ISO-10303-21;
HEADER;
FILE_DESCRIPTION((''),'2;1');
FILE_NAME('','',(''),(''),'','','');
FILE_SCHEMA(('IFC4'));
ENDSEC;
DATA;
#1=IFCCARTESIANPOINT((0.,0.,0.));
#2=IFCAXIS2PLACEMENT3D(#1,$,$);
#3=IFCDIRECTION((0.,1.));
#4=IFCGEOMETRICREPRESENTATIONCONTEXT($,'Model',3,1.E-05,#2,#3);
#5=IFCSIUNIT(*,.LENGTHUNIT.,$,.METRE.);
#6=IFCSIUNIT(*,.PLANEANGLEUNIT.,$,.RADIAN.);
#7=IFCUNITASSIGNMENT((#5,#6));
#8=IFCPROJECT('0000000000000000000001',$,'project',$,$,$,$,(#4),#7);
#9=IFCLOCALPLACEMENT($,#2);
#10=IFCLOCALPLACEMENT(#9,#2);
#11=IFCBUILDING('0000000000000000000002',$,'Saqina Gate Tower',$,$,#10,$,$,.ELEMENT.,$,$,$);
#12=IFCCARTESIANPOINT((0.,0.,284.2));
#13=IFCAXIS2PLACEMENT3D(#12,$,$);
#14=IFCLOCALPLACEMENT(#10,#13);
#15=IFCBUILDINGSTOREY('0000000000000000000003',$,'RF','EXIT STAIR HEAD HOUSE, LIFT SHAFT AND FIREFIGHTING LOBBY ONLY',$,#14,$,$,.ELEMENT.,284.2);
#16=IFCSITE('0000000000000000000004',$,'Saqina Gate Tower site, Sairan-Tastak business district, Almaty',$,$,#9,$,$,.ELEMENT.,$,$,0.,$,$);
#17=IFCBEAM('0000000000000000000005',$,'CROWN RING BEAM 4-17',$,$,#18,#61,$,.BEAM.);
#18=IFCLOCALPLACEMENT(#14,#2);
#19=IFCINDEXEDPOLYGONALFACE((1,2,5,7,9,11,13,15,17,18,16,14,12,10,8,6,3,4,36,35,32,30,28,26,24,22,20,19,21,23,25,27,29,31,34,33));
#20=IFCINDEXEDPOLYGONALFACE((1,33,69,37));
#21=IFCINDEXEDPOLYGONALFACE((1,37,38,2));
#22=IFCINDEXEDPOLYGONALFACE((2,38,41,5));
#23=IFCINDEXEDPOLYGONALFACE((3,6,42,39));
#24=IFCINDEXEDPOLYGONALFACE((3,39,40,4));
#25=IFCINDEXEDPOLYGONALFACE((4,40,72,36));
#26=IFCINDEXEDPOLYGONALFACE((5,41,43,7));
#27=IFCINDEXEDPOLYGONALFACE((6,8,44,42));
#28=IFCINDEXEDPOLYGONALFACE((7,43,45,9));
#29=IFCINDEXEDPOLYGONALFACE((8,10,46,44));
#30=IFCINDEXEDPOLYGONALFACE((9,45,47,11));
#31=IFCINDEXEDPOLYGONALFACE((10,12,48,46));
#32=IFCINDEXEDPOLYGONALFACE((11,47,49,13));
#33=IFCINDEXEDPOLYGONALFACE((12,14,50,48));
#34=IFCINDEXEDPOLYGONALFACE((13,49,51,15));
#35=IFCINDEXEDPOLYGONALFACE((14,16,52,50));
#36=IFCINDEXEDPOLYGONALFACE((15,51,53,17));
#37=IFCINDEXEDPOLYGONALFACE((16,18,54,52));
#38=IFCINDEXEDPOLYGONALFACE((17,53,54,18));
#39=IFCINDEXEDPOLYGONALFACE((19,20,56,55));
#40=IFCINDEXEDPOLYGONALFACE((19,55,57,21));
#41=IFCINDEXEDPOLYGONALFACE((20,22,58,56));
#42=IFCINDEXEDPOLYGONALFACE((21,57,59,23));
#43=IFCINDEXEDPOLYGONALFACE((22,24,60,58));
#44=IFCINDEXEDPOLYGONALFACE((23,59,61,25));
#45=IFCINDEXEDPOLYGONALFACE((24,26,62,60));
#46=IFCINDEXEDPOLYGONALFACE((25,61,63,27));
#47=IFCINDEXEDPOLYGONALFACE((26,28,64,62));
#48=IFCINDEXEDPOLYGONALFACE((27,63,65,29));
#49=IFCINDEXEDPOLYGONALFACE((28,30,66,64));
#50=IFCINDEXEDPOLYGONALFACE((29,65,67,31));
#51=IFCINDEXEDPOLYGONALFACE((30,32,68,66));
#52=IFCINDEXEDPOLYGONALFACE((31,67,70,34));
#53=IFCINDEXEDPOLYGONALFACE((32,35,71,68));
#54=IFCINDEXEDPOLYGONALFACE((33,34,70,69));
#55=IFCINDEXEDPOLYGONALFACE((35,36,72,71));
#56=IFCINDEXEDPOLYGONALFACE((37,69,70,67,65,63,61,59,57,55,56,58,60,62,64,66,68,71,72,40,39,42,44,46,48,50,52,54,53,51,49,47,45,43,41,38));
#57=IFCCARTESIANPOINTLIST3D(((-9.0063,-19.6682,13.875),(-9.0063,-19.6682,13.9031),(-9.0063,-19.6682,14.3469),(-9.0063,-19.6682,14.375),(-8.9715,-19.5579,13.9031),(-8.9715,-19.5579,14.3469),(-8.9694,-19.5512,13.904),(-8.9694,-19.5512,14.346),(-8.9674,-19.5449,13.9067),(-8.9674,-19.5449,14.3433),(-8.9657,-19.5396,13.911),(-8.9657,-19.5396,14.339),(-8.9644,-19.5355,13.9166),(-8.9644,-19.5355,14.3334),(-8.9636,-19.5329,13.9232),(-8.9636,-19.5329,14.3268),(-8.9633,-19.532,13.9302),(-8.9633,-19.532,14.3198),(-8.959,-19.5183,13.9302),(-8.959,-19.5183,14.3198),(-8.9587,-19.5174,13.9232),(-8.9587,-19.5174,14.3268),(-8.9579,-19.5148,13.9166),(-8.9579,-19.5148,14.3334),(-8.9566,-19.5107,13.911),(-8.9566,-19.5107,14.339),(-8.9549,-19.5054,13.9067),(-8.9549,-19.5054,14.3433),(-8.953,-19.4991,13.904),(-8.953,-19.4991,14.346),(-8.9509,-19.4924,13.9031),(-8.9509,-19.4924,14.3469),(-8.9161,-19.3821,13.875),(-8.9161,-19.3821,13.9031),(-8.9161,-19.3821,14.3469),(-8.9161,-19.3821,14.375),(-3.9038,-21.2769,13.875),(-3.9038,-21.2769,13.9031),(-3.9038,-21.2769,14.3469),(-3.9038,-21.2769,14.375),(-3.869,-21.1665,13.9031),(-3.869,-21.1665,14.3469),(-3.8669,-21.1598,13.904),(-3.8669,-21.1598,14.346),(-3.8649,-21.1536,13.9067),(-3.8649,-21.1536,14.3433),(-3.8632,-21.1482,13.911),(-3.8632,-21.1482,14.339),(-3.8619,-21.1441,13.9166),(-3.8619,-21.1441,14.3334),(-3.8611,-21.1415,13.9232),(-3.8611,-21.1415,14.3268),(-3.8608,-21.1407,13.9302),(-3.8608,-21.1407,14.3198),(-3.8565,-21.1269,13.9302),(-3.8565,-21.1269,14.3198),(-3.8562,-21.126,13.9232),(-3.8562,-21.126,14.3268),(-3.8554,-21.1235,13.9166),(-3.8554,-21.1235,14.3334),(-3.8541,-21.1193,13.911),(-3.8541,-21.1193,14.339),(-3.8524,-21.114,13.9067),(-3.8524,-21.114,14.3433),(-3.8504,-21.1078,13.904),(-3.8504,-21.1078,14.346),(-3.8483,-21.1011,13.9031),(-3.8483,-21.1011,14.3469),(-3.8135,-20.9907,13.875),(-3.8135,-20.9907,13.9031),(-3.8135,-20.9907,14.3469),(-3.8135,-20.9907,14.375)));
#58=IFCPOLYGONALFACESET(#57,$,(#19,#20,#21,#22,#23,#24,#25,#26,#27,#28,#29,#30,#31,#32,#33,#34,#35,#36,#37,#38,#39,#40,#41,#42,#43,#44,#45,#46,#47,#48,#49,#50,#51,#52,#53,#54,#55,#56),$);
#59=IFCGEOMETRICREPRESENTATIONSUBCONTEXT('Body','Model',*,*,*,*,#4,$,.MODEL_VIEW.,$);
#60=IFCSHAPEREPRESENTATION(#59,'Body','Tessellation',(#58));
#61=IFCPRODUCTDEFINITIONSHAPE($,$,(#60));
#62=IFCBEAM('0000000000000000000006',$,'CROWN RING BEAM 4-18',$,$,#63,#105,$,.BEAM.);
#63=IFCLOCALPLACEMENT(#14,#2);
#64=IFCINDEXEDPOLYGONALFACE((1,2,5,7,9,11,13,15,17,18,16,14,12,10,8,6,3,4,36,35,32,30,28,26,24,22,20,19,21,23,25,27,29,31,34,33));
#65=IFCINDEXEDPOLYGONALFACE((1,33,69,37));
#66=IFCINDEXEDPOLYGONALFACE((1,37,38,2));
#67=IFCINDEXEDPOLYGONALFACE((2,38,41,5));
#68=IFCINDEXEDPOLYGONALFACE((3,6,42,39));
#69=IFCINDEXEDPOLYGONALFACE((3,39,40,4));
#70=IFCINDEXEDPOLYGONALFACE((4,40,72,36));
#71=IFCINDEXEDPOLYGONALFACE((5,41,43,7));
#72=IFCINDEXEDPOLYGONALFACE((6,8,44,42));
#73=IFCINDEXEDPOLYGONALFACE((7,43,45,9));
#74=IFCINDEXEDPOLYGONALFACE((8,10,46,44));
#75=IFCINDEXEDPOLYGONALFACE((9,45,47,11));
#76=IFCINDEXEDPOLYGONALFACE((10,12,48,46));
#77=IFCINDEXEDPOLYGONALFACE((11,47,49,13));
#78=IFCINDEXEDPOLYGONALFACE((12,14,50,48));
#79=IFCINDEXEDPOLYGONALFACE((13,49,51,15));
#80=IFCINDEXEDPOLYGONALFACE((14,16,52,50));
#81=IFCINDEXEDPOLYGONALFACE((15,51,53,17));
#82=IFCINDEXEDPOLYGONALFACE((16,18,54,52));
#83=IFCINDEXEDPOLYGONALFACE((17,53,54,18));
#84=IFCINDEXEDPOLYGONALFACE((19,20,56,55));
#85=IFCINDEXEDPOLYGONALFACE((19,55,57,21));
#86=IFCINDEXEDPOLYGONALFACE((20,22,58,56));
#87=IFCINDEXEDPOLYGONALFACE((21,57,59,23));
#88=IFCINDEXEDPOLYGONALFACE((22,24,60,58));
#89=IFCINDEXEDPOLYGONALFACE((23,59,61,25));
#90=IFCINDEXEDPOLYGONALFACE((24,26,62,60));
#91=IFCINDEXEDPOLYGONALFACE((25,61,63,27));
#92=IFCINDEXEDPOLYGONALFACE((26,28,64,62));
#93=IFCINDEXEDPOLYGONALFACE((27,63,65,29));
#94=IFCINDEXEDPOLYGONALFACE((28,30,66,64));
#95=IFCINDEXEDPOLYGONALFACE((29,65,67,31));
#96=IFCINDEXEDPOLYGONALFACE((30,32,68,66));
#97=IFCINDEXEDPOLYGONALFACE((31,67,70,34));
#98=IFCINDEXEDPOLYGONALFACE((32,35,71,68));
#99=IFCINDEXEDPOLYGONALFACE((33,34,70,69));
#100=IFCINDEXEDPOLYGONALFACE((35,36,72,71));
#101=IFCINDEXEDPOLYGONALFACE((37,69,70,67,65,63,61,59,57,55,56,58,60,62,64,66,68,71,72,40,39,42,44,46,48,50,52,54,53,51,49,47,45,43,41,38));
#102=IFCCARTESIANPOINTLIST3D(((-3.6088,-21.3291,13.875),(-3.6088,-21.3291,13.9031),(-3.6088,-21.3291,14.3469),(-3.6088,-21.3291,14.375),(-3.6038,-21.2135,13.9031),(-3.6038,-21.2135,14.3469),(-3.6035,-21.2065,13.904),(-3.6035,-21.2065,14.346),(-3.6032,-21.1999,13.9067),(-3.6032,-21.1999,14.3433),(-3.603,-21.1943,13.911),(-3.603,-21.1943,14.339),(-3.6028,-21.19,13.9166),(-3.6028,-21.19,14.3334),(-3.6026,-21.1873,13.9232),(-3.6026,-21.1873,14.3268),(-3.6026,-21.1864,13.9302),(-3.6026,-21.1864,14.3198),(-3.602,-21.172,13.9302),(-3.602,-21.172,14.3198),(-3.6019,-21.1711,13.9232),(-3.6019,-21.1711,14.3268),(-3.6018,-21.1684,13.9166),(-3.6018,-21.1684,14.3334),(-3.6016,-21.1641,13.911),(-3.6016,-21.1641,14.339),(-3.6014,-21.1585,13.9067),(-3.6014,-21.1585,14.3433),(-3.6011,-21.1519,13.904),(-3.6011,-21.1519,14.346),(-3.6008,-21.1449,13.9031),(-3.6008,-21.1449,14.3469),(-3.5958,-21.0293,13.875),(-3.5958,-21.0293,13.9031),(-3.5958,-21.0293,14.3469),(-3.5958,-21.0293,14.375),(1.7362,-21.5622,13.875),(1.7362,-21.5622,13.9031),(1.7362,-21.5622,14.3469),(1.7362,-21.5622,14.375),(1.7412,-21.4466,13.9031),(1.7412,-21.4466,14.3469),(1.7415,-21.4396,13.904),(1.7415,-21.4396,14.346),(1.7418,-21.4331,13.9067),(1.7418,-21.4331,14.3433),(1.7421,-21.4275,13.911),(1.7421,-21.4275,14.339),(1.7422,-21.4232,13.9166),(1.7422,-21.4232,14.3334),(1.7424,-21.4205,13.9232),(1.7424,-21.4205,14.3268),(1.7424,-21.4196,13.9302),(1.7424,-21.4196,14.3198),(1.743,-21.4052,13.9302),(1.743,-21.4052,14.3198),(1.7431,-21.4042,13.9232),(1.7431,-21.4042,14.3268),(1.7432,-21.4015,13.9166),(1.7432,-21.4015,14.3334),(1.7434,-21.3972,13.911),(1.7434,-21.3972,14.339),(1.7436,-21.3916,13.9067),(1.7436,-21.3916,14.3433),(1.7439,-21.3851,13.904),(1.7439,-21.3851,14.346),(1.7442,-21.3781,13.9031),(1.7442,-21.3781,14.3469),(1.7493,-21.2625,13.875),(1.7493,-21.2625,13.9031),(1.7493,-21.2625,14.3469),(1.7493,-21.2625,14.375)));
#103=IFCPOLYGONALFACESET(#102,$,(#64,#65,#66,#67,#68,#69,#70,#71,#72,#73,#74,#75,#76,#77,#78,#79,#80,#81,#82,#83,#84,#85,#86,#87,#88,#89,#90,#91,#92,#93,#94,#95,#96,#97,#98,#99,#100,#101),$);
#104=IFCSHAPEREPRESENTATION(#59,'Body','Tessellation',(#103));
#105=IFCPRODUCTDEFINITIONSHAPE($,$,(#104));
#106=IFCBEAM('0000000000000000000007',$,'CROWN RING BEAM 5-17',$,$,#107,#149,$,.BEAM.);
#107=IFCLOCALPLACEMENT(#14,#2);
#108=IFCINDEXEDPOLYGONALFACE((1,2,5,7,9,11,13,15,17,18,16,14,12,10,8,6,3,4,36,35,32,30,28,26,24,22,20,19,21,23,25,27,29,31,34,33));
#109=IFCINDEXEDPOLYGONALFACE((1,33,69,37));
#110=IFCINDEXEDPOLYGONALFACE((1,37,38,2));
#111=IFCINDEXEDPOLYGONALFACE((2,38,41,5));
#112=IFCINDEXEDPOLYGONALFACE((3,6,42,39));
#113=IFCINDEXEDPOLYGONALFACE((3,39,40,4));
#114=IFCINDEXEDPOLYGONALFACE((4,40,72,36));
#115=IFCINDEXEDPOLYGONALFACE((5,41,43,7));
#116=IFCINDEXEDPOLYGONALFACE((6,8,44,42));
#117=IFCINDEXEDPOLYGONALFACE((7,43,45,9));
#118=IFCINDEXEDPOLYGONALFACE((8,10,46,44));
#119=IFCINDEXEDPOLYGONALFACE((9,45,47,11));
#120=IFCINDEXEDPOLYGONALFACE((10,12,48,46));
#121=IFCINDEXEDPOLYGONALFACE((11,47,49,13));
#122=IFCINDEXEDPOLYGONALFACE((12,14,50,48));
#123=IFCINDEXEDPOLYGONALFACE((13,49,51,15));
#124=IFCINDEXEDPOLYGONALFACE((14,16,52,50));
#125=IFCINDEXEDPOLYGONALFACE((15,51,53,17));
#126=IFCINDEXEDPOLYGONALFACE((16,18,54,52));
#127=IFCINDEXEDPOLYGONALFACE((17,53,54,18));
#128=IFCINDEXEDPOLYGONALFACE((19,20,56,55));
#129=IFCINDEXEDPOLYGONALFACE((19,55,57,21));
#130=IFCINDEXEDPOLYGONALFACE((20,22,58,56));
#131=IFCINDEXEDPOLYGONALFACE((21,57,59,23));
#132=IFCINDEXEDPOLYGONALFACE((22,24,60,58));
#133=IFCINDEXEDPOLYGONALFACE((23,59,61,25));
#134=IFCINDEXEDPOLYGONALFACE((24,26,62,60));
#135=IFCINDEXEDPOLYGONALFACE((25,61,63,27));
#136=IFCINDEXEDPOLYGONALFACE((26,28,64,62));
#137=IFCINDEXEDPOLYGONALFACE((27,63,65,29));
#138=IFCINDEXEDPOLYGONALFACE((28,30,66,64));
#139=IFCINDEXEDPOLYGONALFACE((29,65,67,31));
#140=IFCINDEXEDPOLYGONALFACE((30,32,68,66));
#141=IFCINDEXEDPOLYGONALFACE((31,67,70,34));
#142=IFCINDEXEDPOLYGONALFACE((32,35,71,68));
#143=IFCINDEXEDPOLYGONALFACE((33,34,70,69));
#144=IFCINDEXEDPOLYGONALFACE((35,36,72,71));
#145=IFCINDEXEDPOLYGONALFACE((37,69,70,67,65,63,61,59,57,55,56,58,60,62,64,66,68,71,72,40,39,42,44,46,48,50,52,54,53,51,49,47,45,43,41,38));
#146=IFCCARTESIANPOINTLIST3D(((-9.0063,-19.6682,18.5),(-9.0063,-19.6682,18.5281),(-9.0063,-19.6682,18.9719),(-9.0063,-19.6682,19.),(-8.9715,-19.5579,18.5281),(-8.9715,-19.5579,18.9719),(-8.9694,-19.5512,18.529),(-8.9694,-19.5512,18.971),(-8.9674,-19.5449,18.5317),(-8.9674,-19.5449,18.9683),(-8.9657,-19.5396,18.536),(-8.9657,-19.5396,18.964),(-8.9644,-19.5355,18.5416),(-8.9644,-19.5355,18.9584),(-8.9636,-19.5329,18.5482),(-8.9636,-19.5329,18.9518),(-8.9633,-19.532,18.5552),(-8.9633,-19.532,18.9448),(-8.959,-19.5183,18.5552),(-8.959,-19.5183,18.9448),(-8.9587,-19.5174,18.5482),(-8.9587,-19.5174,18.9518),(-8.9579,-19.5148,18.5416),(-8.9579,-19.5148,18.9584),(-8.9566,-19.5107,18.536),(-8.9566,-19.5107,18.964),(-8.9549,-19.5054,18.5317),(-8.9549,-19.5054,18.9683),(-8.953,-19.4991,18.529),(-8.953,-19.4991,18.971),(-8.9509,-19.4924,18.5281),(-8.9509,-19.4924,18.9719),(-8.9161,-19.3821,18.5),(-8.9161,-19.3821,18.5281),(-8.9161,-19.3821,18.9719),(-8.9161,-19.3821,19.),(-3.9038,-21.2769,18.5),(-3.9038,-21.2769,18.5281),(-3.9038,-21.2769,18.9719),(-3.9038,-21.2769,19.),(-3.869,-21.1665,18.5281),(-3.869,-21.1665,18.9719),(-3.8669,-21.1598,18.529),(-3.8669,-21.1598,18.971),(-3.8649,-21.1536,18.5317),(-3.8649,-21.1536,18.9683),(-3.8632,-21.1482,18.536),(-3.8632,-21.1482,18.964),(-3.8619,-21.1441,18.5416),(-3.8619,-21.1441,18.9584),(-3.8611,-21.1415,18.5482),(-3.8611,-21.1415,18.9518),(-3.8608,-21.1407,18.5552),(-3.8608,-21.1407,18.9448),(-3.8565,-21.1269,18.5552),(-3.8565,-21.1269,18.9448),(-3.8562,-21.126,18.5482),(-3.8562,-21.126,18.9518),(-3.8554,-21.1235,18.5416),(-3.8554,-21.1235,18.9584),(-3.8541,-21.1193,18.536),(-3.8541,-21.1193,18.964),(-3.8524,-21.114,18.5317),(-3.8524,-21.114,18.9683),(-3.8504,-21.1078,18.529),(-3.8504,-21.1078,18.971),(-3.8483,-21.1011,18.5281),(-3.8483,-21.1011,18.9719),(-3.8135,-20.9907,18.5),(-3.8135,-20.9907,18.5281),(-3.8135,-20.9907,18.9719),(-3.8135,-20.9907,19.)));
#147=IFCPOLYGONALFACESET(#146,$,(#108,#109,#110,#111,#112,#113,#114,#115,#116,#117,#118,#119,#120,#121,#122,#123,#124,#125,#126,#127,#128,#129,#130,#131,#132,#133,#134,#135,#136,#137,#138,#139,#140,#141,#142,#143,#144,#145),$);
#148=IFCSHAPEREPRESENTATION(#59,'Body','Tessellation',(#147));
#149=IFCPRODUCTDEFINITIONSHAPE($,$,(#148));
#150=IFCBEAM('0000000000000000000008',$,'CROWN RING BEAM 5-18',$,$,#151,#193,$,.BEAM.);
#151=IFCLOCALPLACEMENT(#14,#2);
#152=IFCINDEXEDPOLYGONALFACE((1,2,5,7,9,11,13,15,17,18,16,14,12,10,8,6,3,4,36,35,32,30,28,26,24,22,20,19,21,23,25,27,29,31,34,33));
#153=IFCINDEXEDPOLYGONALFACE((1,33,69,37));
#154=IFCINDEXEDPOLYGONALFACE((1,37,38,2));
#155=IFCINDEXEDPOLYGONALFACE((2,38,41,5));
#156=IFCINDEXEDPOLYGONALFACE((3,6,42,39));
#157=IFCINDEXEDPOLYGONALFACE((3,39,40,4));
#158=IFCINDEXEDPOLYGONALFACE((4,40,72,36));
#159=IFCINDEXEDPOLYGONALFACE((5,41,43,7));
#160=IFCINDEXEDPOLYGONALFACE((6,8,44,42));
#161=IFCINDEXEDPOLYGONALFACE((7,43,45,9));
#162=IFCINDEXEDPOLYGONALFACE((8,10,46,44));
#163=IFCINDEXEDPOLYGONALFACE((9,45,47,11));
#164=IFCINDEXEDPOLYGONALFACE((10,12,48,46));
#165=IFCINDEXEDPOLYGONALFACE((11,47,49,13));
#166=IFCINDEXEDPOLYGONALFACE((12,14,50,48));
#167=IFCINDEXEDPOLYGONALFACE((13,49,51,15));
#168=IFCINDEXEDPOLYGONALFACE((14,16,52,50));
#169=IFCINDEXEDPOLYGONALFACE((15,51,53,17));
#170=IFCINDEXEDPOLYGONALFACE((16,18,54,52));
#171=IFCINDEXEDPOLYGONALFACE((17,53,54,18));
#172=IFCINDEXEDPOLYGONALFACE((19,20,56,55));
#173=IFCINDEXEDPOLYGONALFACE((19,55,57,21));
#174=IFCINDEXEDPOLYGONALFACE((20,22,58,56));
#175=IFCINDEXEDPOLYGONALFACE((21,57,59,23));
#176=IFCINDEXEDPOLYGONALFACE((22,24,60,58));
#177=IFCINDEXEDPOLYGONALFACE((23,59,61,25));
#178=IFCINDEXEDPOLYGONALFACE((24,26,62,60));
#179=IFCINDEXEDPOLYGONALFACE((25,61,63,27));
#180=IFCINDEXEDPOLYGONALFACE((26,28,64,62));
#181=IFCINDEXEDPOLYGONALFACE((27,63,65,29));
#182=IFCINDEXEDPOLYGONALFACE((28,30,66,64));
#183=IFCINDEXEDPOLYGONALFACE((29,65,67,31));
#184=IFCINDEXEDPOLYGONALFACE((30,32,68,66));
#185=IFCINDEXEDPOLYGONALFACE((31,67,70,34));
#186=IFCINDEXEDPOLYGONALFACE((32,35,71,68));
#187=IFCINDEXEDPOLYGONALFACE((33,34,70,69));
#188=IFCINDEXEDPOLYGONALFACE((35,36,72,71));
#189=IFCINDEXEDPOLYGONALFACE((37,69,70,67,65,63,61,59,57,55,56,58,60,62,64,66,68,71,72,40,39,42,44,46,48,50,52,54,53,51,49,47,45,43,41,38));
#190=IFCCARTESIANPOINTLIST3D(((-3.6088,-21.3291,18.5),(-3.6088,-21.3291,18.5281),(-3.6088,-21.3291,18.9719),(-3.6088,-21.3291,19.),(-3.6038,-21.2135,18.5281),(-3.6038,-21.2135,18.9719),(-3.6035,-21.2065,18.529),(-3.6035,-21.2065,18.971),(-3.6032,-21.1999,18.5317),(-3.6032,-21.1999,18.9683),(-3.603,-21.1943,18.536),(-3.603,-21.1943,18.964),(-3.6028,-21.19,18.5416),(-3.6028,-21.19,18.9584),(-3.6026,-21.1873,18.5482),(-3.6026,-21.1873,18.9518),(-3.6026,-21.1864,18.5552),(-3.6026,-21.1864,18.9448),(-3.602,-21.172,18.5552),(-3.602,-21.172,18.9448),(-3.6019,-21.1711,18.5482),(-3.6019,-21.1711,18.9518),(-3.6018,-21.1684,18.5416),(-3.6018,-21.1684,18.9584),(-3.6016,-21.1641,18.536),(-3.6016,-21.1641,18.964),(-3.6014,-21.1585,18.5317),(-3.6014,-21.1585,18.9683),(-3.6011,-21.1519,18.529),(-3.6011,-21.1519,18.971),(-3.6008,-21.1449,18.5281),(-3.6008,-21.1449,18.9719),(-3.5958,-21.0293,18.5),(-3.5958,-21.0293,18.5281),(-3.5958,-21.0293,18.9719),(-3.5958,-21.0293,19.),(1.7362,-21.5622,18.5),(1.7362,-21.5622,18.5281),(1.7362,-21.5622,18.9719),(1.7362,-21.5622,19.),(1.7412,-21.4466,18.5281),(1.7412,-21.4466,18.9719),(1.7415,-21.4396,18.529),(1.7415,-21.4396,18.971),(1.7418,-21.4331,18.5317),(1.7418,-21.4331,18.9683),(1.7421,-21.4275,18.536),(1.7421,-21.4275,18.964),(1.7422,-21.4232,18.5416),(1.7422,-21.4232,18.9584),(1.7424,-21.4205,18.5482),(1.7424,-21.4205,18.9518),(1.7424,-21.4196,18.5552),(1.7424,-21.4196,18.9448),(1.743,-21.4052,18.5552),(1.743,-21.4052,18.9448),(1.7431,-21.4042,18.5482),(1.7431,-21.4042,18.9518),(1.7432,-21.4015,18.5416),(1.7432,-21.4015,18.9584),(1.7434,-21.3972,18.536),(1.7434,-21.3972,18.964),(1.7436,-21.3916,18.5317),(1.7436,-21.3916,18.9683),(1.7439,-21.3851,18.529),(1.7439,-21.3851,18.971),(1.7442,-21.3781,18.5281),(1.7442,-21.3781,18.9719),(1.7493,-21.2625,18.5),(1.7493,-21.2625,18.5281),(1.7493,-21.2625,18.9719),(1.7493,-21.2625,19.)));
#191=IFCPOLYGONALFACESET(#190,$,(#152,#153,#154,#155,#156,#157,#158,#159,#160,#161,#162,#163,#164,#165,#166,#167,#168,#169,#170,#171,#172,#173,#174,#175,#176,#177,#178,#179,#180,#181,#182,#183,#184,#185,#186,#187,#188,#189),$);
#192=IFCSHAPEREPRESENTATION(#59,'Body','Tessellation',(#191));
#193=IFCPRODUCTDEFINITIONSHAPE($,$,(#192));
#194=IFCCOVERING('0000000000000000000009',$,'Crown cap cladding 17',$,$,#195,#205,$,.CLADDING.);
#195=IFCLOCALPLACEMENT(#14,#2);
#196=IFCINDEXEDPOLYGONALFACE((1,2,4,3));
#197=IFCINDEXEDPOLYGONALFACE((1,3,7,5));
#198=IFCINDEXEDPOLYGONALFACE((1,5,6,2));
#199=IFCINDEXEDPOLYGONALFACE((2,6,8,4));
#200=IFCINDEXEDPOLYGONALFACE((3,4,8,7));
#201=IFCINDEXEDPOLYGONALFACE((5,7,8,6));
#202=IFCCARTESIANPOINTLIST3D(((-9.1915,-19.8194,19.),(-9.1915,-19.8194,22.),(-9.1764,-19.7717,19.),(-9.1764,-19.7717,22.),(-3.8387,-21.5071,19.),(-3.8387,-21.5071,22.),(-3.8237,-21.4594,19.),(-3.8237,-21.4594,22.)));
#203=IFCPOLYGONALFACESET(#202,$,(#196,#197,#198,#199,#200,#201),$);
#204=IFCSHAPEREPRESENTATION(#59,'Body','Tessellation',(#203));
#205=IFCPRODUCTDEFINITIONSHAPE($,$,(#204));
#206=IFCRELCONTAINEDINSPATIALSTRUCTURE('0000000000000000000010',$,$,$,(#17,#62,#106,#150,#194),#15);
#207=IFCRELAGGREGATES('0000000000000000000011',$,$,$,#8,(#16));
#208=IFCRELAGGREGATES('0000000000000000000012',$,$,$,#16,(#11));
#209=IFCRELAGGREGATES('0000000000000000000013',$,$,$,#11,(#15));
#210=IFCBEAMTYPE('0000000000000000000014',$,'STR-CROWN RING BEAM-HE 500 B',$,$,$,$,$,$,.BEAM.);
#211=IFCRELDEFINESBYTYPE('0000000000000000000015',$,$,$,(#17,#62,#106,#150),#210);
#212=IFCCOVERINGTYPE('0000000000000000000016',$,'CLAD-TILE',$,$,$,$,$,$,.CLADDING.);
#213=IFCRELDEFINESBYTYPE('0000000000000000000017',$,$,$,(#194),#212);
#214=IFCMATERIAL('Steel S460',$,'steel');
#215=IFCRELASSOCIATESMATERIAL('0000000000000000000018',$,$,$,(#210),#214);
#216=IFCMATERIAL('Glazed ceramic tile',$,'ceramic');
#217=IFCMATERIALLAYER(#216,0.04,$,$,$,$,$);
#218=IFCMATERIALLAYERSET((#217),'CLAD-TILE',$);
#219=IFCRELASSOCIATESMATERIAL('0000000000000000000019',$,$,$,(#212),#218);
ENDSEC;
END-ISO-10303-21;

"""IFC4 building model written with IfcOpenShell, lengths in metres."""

from ifc_helpers import new_model, si_unit, direction, frame, origin, origin_2d, place, context, subcontext, project, spatial, rectangle, i_section, extrude, material, layer, layer_set, material_profile, profile_set, type_object, element, save


model = new_model("IFC4")

# Units and contexts
model_context = context("Model", 3, precision=1e-05, world=origin(), true_north=direction((0.0, 1.0)))
body_context = subcontext(model_context, "Body", "Model", "MODEL_VIEW")
ifc_project = project(units=[si_unit("LENGTHUNIT", "METRE"), si_unit("PLANEANGLEUNIT", "RADIAN")], contexts=[model_context])

# Site, building, storey
site_placement = place(None, origin())
site = spatial("IfcSite", under=ifc_project, at=site_placement, Name="Saqina Gate Tower site, Sairan-Tastak business district, Almaty", CompositionType="ELEMENT", RefElevation=0.0)
building_placement = place(site_placement, origin())
building = spatial("IfcBuilding", under=site, at=building_placement, Name="Saqina Gate Tower", CompositionType="ELEMENT")
storey_placement = place(building_placement, frame((0.0, 0.0, 284.2)))
storey = spatial("IfcBuildingStorey", under=building, at=storey_placement, Name="RF", Description="EXIT STAIR HEAD HOUSE, LIFT SHAFT AND FIREFIGHTING LOBBY ONLY", CompositionType="ELEMENT", Elevation=284.2)

# Beams
ifc_material_1 = material(Name="Steel S460", Category="steel")
ifc_material_profile_1 = material_profile(ifc_material_1, i_section(OverallWidth=0.3, OverallDepth=0.5, WebThickness=0.0144, FlangeThickness=0.0281, FilletRadius=0.0271, at=origin_2d()), Name="HE 500 B")
ifc_profile_set_1 = profile_set([ifc_material_profile_1], Name="Steel S460")
beam_type_1 = type_object("IfcBeamType", Name="STR-CROWN RING BEAM-HE 500 B", PredefinedType="BEAM", material=ifc_profile_set_1)
for number, where, z_axis, x_axis, name in (
    (1, (-8.9612, -19.5251, 14.125), (0.953727, -0.300675, 0.0), (0.300675, 0.953727, 0.0), "CROWN RING BEAM 4-17"),
    (2, (-3.6023, -21.1792, 14.125), (0.99905, -0.04358, 0.0), (0.04358, 0.99905, 0.0), "CROWN RING BEAM 4-18"),
    (3, (-8.9612, -19.5251, 18.75), (0.953727, -0.300675, 0.0), (0.300675, 0.953727, 0.0), "CROWN RING BEAM 5-17"),
    (4, (-3.6023, -21.1792, 18.75), (0.99905, -0.04358, 0.0), (0.04358, 0.99905, 0.0), "CROWN RING BEAM 5-18"),
):
    element("IfcBeam", number, at=place(storey_placement, frame(where, z_axis=z_axis, x_axis=x_axis)), inside=storey, type_object=beam_type_1, Name=name, PredefinedType="BEAM", context=body_context, shape_type="SweptSolid", body=[
        extrude(i_section(OverallWidth=0.3, OverallDepth=0.5, WebThickness=0.0144, FlangeThickness=0.0281, FilletRadius=0.0271, at=origin_2d()), origin(), (0.0, 0.0, 1.0), 5.3501),
    ])

# Covering
ifc_material_2 = material(Name="Glazed ceramic tile", Category="ceramic")
ifc_layer_1 = layer(ifc_material_2, 0.04)
ifc_layer_set_1 = layer_set([ifc_layer_1], Name="CLAD-TILE")
covering_type = type_object("IfcCoveringType", Name="CLAD-TILE", PredefinedType="CLADDING", material=ifc_layer_set_1)
for number, where, z_axis, x_axis, name in (
    (5, (-6.5076, -20.6394, 19.0), (0.0, 0.0, 1.0), (0.953717, -0.300706, 0.0), "Crown cap cladding 17"),
):
    element("IfcCovering", number, at=place(storey_placement, frame(where, z_axis=z_axis, x_axis=x_axis)), inside=storey, type_object=covering_type, Name=name, PredefinedType="CLADDING", context=body_context, shape_type="SweptSolid", body=[
        extrude(rectangle(XDim=5.6125, YDim=0.05, at=origin_2d()), origin(), (0.0, 0.0, 1.0), 3.0),
    ])

save(model, "model.ifc")
